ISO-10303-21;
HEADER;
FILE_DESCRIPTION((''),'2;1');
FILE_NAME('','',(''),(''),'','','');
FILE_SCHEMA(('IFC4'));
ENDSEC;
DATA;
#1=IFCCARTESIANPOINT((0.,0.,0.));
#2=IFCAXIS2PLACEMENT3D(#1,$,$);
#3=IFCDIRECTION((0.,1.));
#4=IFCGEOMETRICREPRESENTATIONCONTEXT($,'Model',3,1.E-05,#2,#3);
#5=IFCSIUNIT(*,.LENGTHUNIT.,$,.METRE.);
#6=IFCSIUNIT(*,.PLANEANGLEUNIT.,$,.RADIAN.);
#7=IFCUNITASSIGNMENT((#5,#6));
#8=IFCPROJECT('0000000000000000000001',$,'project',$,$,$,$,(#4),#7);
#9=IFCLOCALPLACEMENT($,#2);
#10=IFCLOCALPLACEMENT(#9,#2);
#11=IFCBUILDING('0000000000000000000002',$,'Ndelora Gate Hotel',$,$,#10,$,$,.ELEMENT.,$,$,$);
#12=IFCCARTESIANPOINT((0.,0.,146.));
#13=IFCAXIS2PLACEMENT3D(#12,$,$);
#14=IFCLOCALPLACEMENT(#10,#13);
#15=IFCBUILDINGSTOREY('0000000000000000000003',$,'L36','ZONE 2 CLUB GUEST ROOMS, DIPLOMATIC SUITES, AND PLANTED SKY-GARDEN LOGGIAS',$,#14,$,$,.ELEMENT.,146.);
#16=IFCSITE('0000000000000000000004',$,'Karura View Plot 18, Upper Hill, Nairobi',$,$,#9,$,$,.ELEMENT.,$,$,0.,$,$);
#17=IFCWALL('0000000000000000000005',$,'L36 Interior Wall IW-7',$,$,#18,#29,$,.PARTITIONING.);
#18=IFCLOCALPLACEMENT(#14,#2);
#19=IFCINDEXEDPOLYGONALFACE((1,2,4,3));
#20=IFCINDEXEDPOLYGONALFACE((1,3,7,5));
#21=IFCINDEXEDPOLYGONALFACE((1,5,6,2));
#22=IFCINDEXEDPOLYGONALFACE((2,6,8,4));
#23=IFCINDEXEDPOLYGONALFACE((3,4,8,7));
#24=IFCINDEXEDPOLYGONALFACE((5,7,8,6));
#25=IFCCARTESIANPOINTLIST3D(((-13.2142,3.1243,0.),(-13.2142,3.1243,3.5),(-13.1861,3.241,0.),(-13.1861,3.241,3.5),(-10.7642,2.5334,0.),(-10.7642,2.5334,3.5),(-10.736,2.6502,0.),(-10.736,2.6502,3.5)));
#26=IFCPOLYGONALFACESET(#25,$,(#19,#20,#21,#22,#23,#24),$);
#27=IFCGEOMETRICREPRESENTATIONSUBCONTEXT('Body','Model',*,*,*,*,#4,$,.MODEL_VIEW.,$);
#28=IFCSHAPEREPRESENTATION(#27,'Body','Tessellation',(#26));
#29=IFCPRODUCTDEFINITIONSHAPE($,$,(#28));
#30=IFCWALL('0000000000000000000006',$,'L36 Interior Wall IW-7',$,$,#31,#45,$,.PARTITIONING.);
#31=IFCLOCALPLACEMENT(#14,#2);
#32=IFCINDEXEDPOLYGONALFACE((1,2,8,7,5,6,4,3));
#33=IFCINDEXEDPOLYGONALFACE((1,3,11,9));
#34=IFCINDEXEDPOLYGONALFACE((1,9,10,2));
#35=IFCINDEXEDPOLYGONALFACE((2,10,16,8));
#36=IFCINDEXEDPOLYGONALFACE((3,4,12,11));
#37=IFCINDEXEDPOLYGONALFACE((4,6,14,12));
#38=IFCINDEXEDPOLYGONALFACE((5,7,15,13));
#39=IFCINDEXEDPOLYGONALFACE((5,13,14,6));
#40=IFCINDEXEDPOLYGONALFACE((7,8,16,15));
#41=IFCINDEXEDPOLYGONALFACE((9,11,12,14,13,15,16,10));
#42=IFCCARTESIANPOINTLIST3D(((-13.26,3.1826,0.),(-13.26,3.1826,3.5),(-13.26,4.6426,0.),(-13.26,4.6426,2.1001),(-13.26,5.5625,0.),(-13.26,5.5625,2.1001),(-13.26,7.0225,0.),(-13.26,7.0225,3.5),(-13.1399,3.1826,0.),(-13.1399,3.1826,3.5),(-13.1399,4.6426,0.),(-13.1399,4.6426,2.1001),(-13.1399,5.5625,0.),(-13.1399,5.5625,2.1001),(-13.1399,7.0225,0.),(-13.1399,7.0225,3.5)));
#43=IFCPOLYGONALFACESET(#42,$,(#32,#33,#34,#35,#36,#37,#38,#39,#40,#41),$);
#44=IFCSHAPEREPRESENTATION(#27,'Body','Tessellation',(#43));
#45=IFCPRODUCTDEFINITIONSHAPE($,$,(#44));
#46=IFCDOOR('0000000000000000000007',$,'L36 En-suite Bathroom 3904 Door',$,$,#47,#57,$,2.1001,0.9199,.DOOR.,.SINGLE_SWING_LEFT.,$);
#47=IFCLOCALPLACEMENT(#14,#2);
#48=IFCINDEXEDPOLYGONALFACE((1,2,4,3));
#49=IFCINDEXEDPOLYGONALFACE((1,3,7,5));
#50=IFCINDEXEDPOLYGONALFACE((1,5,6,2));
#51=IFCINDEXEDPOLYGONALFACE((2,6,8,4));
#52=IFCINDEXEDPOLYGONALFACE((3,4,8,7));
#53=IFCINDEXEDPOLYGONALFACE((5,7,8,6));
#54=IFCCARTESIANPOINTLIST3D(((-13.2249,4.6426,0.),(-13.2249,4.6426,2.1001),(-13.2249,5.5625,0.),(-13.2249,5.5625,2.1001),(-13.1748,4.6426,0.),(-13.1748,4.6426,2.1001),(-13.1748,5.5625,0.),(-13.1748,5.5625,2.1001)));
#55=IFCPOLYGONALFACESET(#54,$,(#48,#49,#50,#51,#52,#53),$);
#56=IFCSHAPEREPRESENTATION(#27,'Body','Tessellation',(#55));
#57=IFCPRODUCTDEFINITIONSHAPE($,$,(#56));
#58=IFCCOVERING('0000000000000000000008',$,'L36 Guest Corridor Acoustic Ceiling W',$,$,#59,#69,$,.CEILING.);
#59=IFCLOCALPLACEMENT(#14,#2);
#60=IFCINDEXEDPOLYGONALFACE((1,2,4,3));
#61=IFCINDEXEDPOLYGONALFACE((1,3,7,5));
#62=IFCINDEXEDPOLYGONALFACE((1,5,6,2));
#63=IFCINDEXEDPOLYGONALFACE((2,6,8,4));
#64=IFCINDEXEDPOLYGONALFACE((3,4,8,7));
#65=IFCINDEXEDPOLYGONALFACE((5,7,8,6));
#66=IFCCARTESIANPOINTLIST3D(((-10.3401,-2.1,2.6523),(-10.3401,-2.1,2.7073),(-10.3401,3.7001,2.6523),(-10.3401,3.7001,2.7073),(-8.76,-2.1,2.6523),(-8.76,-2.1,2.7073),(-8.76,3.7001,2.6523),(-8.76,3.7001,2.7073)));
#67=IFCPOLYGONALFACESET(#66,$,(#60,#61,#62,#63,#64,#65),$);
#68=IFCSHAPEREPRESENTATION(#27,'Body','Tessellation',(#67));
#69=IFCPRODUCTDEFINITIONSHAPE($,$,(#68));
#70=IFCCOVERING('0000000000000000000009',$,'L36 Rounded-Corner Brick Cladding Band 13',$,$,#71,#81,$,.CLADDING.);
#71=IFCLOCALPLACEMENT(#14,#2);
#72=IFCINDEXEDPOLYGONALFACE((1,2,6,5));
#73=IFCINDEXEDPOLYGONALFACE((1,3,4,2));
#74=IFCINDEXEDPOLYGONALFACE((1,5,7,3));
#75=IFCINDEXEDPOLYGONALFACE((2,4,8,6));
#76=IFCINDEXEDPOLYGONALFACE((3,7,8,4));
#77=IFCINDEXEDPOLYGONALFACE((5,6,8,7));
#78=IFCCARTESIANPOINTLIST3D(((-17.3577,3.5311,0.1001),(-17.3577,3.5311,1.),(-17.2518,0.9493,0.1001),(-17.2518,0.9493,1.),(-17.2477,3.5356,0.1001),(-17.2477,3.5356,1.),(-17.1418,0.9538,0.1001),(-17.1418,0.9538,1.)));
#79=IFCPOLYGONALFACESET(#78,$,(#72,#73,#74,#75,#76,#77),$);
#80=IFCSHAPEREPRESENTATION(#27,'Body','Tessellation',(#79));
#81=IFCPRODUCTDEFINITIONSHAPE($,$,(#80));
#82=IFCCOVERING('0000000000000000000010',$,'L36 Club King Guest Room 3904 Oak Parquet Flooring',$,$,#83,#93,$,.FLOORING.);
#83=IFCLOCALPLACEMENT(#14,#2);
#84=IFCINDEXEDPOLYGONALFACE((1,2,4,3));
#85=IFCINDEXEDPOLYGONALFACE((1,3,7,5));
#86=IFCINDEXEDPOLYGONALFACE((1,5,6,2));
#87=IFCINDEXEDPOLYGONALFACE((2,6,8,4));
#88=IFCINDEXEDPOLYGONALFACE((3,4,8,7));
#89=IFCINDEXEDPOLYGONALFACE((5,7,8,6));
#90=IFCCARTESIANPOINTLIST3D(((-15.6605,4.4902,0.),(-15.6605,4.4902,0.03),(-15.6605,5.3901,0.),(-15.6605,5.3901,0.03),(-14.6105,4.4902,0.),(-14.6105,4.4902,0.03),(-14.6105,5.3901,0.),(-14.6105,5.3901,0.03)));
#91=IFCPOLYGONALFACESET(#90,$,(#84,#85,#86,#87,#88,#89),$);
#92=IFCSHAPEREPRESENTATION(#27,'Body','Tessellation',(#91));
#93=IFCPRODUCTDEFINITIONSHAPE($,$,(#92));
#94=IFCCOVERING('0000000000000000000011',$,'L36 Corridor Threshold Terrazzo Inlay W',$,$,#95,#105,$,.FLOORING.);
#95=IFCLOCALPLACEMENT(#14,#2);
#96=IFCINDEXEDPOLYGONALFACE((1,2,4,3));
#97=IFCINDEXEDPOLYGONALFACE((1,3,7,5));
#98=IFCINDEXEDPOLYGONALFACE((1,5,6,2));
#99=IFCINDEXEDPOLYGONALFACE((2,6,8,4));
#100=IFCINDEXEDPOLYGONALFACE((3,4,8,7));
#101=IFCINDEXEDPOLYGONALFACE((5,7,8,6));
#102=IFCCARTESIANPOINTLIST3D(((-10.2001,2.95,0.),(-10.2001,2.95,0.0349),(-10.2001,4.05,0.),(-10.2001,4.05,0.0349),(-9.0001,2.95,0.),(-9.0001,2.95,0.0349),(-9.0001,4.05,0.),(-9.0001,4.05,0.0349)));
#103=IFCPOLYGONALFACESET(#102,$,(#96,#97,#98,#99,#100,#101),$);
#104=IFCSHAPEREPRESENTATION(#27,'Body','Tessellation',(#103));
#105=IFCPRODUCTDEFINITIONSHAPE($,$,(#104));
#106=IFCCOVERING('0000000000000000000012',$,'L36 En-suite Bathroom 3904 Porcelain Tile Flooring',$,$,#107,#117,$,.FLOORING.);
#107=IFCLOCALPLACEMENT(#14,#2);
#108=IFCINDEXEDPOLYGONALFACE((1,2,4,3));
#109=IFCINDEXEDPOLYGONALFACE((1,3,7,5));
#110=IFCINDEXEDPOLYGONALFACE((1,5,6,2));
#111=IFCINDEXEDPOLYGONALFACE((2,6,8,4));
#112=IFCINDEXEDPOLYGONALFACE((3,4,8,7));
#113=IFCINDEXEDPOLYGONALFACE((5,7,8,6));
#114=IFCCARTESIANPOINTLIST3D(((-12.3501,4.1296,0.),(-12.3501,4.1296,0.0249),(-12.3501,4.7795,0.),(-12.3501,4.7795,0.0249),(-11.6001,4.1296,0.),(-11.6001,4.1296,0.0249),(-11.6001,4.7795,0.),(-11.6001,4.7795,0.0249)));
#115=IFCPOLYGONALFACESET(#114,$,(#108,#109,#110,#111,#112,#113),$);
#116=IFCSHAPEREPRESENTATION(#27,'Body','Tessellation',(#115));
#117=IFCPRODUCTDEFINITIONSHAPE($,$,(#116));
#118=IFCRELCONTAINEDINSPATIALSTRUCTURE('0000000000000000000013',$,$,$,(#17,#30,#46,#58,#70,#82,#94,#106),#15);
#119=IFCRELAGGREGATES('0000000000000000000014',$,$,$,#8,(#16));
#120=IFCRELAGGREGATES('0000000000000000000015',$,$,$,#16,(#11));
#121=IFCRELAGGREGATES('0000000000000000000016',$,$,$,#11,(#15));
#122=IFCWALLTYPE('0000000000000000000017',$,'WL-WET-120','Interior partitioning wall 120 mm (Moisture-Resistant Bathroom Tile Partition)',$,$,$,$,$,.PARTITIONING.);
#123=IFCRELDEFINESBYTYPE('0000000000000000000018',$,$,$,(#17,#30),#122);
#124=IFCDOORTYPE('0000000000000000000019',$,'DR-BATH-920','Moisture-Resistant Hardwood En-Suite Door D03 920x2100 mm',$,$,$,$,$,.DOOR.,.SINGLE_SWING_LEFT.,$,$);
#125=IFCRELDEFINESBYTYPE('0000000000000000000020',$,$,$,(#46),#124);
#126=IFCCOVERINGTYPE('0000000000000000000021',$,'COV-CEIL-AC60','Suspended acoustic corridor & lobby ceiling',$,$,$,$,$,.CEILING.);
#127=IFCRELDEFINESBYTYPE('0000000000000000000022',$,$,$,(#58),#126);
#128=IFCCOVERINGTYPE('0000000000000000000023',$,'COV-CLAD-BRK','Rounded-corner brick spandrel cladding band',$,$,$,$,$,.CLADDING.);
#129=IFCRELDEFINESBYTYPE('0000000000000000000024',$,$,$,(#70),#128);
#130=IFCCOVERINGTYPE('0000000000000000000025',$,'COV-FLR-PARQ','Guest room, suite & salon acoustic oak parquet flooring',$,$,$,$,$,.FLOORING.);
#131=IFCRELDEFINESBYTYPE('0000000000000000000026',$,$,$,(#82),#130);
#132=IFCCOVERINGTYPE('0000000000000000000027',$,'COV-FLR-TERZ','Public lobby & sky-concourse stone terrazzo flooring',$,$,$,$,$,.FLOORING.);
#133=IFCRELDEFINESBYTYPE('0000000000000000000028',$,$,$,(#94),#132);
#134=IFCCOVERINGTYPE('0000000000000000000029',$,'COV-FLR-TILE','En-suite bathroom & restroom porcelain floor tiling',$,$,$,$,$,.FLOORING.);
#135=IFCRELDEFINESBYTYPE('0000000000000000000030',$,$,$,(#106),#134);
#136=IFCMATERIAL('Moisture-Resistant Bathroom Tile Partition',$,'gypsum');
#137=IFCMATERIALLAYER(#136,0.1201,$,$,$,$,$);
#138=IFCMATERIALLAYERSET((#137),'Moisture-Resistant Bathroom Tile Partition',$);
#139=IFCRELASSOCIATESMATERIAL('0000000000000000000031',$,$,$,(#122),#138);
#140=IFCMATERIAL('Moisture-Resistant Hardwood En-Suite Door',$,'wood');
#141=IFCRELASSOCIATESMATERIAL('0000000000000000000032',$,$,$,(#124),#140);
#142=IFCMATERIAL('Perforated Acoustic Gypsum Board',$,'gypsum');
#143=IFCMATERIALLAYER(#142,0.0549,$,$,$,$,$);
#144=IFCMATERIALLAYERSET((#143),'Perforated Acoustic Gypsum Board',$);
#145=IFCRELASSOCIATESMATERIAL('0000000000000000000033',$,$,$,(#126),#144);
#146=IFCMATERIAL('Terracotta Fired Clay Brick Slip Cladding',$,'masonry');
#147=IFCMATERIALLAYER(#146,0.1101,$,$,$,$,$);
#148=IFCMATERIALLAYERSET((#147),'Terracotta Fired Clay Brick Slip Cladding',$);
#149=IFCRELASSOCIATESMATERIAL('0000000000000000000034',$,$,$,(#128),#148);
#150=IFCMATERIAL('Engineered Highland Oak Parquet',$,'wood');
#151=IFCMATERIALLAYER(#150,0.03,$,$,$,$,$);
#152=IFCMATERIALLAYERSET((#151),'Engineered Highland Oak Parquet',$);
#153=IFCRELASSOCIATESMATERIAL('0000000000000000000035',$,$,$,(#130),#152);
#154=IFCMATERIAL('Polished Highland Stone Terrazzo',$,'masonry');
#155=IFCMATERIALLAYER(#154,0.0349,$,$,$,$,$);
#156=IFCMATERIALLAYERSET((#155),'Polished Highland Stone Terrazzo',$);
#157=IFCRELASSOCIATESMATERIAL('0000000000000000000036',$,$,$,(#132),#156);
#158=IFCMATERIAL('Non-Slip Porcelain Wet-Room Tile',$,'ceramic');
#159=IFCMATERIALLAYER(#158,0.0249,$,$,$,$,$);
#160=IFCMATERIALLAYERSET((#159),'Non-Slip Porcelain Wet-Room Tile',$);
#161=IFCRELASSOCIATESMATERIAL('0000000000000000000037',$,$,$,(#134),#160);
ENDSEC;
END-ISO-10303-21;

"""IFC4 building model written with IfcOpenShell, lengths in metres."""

from ifc_helpers import new_model, si_unit, direction, frame, frame_2d, origin, origin_2d, place, context, subcontext, project, spatial, rectangle, extrude, material, layer, layer_set, type_object, element, fill, save


model = new_model("IFC4")

# Units and contexts
model_context = context("Model", 3, precision=1e-05, world=origin(), true_north=direction((0.0, 1.0)))
body_context = subcontext(model_context, "Body", "Model", "MODEL_VIEW")
ifc_project = project(units=[si_unit("LENGTHUNIT", "METRE"), si_unit("PLANEANGLEUNIT", "RADIAN")], contexts=[model_context])

# Site, building, storey
site_placement = place(None, origin())
site = spatial("IfcSite", under=ifc_project, at=site_placement, Name="Karura View Plot 18, Upper Hill, Nairobi", CompositionType="ELEMENT", RefElevation=0.0)
building_placement = place(site_placement, origin())
building = spatial("IfcBuilding", under=site, at=building_placement, Name="Ndelora Gate Hotel", CompositionType="ELEMENT")
storey_placement = place(building_placement, frame((0.0, 0.0, 146.0)))
storey = spatial("IfcBuildingStorey", under=building, at=storey_placement, Name="L36", Description="ZONE 2 CLUB GUEST ROOMS, DIPLOMATIC SUITES, AND PLANTED SKY-GARDEN LOGGIAS", CompositionType="ELEMENT", Elevation=146.0)

# Wall
ifc_material_1 = material(Name="Moisture-Resistant Bathroom Tile Partition", Category="gypsum")
ifc_layer_1 = layer(ifc_material_1, 0.1201)
ifc_layer_set_1 = layer_set([ifc_layer_1], Name="Moisture-Resistant Bathroom Tile Partition")
wall_type_1 = type_object("IfcWallType", Name="WL-WET-120", Description="Interior partitioning wall 120 mm (Moisture-Resistant Bathroom Tile Partition)", PredefinedType="PARTITIONING", material=ifc_layer_set_1)
wall_1_placement = place(storey_placement, frame((-10.75, 2.5918, 0.0), z_axis=(0.0, 0.0, 1.0), x_axis=(-0.972132, 0.234435, 0.0)))
element("IfcWall", 1, at=wall_1_placement, inside=storey, type_object=wall_type_1, Name="L36 Interior Wall IW-7", PredefinedType="PARTITIONING", context=body_context, shape_type="SweptSolid", body=[
    extrude(rectangle(XDim=2.5203, YDim=0.1201, at=frame_2d((1.2603, 0.0))), origin(), (0.0, 0.0, 1.0), 3.5),
])

# Wall, opening, door
wall_2_placement = place(storey_placement, frame((-13.2, 3.1826, 0.0), z_axis=(0.0, 0.0, 1.0), x_axis=(0.0, 1.0, 0.0)))
wall_2 = element("IfcWall", 2, at=wall_2_placement, inside=storey, type_object=wall_type_1, Name="L36 Interior Wall IW-7", PredefinedType="PARTITIONING", context=body_context, shape_type="SweptSolid", body=[
    extrude(rectangle(XDim=3.8398, YDim=0.1201, at=frame_2d((1.9199, 0.0))), origin(), (0.0, 0.0, 1.0), 3.5),
])
opening_1_placement = place(wall_2_placement, frame((1.46, 0.0, 0.0)))
opening_1 = element("IfcOpeningElement", 3, at=opening_1_placement, cuts=wall_2, PredefinedType="OPENING", context=body_context, shape_type="SweptSolid", body=[
    extrude(rectangle(XDim=0.9199, YDim=2.1001, at=frame_2d((0.46, 1.05))), frame((0.0, 0.0701, 0.0), z_axis=(0.0, -1.0, 0.0), x_axis=(1.0, 0.0, 0.0)), (0.0, 0.0, 1.0), 0.1401),
])
ifc_material_2 = material(Name="Moisture-Resistant Hardwood En-Suite Door", Category="wood")
door_type_1 = type_object("IfcDoorType", Name="DR-BATH-920", Description="Moisture-Resistant Hardwood En-Suite Door D03 920x2100 mm", OperationType="SINGLE_SWING_LEFT", PredefinedType="DOOR", material=ifc_material_2)
door_1_placement = place(opening_1_placement, origin())
door_1 = element("IfcDoor", 4, at=door_1_placement, inside=storey, type_object=door_type_1, Name="L36 En-suite Bathroom 3904 Door", OperationType="SINGLE_SWING_LEFT", OverallHeight=2.1001, OverallWidth=0.9199, PredefinedType="DOOR", context=body_context, shape_type="SweptSolid", body=[
    extrude(rectangle(XDim=0.9199, YDim=2.1001, at=frame_2d((0.46, 1.05))), frame((0.0, 0.0249, 0.0), z_axis=(0.0, -1.0, 0.0), x_axis=(1.0, 0.0, 0.0)), (0.0, 0.0, 1.0), 0.05),
])
fill(opening_1, door_1)

# Coverings
ifc_material_3 = material(Name="Perforated Acoustic Gypsum Board", Category="gypsum")
ifc_layer_2 = layer(ifc_material_3, 0.0549)
ifc_layer_set_2 = layer_set([ifc_layer_2], Name="Perforated Acoustic Gypsum Board")
covering_type_1 = type_object("IfcCoveringType", Name="COV-CEIL-AC60", Description="Suspended acoustic corridor & lobby ceiling", PredefinedType="CEILING", material=ifc_layer_set_2)
covering_1_placement = place(storey_placement, frame((-9.55, 0.8, 2.6523), z_axis=(0.0, 0.0, 1.0), x_axis=(1.0, 0.0, 0.0)))
element("IfcCovering", 5, at=covering_1_placement, inside=storey, type_object=covering_type_1, Name="L36 Guest Corridor Acoustic Ceiling W", PredefinedType="CEILING", context=body_context, shape_type="SweptSolid", body=[
    extrude(rectangle(XDim=1.5801, YDim=5.8, at=origin_2d()), origin(), (0.0, 0.0, 1.0), 0.0549),
])
ifc_material_4 = material(Name="Terracotta Fired Clay Brick Slip Cladding", Category="masonry")
ifc_layer_3 = layer(ifc_material_4, 0.1101)
ifc_layer_set_3 = layer_set([ifc_layer_3], Name="Terracotta Fired Clay Brick Slip Cladding")
covering_type_2 = type_object("IfcCoveringType", Name="COV-CLAD-BRK", Description="Rounded-corner brick spandrel cladding band", PredefinedType="CLADDING", material=ifc_layer_set_3)
covering_2_placement = place(storey_placement, frame((-17.2498, 2.2424, 0.1001), z_axis=(0.0, 0.0, 1.0), x_axis=(-0.041004, 0.999159, 0.0)))
element("IfcCovering", 6, at=covering_2_placement, inside=storey, type_object=covering_type_2, Name="L36 Rounded-Corner Brick Cladding Band 13", PredefinedType="CLADDING", context=body_context, shape_type="SweptSolid", body=[
    extrude(rectangle(XDim=2.584, YDim=0.1101, at=origin_2d()), origin(), (0.0, 0.0, 1.0), 0.8999),
])
ifc_material_5 = material(Name="Engineered Highland Oak Parquet", Category="wood")
ifc_layer_4 = layer(ifc_material_5, 0.03)
ifc_layer_set_4 = layer_set([ifc_layer_4], Name="Engineered Highland Oak Parquet")
covering_type_3 = type_object("IfcCoveringType", Name="COV-FLR-PARQ", Description="Guest room, suite & salon acoustic oak parquet flooring", PredefinedType="FLOORING", material=ifc_layer_set_4)
covering_3_placement = place(storey_placement, frame((-15.1355, 4.9402, 0.0), z_axis=(0.0, 0.0, 1.0), x_axis=(1.0, 0.0, 0.0)))
element("IfcCovering", 7, at=covering_3_placement, inside=storey, type_object=covering_type_3, Name="L36 Club King Guest Room 3904 Oak Parquet Flooring", PredefinedType="FLOORING", context=body_context, shape_type="SweptSolid", body=[
    extrude(rectangle(XDim=1.05, YDim=0.8999, at=origin_2d()), origin(), (0.0, 0.0, 1.0), 0.03),
])
ifc_material_6 = material(Name="Polished Highland Stone Terrazzo", Category="masonry")
ifc_layer_5 = layer(ifc_material_6, 0.0349)
ifc_layer_set_5 = layer_set([ifc_layer_5], Name="Polished Highland Stone Terrazzo")
covering_type_4 = type_object("IfcCoveringType", Name="COV-FLR-TERZ", Description="Public lobby & sky-concourse stone terrazzo flooring", PredefinedType="FLOORING", material=ifc_layer_set_5)
covering_4_placement = place(storey_placement, frame((-9.6001, 3.5, 0.0), z_axis=(0.0, 0.0, 1.0), x_axis=(1.0, 0.0, 0.0)))
element("IfcCovering", 8, at=covering_4_placement, inside=storey, type_object=covering_type_4, Name="L36 Corridor Threshold Terrazzo Inlay W", PredefinedType="FLOORING", context=body_context, shape_type="SweptSolid", body=[
    extrude(rectangle(XDim=1.2, YDim=1.1001, at=origin_2d()), origin(), (0.0, 0.0, 1.0), 0.0349),
])
ifc_material_7 = material(Name="Non-Slip Porcelain Wet-Room Tile", Category="ceramic")
ifc_layer_6 = layer(ifc_material_7, 0.0249)
ifc_layer_set_6 = layer_set([ifc_layer_6], Name="Non-Slip Porcelain Wet-Room Tile")
covering_type_5 = type_object("IfcCoveringType", Name="COV-FLR-TILE", Description="En-suite bathroom & restroom porcelain floor tiling", PredefinedType="FLOORING", material=ifc_layer_set_6)
covering_5_placement = place(storey_placement, frame((-11.9751, 4.4546, 0.0), z_axis=(0.0, 0.0, 1.0), x_axis=(1.0, 0.0, 0.0)))
element("IfcCovering", 9, at=covering_5_placement, inside=storey, type_object=covering_type_5, Name="L36 En-suite Bathroom 3904 Porcelain Tile Flooring", PredefinedType="FLOORING", context=body_context, shape_type="SweptSolid", body=[
    extrude(rectangle(XDim=0.75, YDim=0.6499, at=origin_2d()), origin(), (0.0, 0.0, 1.0), 0.0249),
])

save(model, "model.ifc")
